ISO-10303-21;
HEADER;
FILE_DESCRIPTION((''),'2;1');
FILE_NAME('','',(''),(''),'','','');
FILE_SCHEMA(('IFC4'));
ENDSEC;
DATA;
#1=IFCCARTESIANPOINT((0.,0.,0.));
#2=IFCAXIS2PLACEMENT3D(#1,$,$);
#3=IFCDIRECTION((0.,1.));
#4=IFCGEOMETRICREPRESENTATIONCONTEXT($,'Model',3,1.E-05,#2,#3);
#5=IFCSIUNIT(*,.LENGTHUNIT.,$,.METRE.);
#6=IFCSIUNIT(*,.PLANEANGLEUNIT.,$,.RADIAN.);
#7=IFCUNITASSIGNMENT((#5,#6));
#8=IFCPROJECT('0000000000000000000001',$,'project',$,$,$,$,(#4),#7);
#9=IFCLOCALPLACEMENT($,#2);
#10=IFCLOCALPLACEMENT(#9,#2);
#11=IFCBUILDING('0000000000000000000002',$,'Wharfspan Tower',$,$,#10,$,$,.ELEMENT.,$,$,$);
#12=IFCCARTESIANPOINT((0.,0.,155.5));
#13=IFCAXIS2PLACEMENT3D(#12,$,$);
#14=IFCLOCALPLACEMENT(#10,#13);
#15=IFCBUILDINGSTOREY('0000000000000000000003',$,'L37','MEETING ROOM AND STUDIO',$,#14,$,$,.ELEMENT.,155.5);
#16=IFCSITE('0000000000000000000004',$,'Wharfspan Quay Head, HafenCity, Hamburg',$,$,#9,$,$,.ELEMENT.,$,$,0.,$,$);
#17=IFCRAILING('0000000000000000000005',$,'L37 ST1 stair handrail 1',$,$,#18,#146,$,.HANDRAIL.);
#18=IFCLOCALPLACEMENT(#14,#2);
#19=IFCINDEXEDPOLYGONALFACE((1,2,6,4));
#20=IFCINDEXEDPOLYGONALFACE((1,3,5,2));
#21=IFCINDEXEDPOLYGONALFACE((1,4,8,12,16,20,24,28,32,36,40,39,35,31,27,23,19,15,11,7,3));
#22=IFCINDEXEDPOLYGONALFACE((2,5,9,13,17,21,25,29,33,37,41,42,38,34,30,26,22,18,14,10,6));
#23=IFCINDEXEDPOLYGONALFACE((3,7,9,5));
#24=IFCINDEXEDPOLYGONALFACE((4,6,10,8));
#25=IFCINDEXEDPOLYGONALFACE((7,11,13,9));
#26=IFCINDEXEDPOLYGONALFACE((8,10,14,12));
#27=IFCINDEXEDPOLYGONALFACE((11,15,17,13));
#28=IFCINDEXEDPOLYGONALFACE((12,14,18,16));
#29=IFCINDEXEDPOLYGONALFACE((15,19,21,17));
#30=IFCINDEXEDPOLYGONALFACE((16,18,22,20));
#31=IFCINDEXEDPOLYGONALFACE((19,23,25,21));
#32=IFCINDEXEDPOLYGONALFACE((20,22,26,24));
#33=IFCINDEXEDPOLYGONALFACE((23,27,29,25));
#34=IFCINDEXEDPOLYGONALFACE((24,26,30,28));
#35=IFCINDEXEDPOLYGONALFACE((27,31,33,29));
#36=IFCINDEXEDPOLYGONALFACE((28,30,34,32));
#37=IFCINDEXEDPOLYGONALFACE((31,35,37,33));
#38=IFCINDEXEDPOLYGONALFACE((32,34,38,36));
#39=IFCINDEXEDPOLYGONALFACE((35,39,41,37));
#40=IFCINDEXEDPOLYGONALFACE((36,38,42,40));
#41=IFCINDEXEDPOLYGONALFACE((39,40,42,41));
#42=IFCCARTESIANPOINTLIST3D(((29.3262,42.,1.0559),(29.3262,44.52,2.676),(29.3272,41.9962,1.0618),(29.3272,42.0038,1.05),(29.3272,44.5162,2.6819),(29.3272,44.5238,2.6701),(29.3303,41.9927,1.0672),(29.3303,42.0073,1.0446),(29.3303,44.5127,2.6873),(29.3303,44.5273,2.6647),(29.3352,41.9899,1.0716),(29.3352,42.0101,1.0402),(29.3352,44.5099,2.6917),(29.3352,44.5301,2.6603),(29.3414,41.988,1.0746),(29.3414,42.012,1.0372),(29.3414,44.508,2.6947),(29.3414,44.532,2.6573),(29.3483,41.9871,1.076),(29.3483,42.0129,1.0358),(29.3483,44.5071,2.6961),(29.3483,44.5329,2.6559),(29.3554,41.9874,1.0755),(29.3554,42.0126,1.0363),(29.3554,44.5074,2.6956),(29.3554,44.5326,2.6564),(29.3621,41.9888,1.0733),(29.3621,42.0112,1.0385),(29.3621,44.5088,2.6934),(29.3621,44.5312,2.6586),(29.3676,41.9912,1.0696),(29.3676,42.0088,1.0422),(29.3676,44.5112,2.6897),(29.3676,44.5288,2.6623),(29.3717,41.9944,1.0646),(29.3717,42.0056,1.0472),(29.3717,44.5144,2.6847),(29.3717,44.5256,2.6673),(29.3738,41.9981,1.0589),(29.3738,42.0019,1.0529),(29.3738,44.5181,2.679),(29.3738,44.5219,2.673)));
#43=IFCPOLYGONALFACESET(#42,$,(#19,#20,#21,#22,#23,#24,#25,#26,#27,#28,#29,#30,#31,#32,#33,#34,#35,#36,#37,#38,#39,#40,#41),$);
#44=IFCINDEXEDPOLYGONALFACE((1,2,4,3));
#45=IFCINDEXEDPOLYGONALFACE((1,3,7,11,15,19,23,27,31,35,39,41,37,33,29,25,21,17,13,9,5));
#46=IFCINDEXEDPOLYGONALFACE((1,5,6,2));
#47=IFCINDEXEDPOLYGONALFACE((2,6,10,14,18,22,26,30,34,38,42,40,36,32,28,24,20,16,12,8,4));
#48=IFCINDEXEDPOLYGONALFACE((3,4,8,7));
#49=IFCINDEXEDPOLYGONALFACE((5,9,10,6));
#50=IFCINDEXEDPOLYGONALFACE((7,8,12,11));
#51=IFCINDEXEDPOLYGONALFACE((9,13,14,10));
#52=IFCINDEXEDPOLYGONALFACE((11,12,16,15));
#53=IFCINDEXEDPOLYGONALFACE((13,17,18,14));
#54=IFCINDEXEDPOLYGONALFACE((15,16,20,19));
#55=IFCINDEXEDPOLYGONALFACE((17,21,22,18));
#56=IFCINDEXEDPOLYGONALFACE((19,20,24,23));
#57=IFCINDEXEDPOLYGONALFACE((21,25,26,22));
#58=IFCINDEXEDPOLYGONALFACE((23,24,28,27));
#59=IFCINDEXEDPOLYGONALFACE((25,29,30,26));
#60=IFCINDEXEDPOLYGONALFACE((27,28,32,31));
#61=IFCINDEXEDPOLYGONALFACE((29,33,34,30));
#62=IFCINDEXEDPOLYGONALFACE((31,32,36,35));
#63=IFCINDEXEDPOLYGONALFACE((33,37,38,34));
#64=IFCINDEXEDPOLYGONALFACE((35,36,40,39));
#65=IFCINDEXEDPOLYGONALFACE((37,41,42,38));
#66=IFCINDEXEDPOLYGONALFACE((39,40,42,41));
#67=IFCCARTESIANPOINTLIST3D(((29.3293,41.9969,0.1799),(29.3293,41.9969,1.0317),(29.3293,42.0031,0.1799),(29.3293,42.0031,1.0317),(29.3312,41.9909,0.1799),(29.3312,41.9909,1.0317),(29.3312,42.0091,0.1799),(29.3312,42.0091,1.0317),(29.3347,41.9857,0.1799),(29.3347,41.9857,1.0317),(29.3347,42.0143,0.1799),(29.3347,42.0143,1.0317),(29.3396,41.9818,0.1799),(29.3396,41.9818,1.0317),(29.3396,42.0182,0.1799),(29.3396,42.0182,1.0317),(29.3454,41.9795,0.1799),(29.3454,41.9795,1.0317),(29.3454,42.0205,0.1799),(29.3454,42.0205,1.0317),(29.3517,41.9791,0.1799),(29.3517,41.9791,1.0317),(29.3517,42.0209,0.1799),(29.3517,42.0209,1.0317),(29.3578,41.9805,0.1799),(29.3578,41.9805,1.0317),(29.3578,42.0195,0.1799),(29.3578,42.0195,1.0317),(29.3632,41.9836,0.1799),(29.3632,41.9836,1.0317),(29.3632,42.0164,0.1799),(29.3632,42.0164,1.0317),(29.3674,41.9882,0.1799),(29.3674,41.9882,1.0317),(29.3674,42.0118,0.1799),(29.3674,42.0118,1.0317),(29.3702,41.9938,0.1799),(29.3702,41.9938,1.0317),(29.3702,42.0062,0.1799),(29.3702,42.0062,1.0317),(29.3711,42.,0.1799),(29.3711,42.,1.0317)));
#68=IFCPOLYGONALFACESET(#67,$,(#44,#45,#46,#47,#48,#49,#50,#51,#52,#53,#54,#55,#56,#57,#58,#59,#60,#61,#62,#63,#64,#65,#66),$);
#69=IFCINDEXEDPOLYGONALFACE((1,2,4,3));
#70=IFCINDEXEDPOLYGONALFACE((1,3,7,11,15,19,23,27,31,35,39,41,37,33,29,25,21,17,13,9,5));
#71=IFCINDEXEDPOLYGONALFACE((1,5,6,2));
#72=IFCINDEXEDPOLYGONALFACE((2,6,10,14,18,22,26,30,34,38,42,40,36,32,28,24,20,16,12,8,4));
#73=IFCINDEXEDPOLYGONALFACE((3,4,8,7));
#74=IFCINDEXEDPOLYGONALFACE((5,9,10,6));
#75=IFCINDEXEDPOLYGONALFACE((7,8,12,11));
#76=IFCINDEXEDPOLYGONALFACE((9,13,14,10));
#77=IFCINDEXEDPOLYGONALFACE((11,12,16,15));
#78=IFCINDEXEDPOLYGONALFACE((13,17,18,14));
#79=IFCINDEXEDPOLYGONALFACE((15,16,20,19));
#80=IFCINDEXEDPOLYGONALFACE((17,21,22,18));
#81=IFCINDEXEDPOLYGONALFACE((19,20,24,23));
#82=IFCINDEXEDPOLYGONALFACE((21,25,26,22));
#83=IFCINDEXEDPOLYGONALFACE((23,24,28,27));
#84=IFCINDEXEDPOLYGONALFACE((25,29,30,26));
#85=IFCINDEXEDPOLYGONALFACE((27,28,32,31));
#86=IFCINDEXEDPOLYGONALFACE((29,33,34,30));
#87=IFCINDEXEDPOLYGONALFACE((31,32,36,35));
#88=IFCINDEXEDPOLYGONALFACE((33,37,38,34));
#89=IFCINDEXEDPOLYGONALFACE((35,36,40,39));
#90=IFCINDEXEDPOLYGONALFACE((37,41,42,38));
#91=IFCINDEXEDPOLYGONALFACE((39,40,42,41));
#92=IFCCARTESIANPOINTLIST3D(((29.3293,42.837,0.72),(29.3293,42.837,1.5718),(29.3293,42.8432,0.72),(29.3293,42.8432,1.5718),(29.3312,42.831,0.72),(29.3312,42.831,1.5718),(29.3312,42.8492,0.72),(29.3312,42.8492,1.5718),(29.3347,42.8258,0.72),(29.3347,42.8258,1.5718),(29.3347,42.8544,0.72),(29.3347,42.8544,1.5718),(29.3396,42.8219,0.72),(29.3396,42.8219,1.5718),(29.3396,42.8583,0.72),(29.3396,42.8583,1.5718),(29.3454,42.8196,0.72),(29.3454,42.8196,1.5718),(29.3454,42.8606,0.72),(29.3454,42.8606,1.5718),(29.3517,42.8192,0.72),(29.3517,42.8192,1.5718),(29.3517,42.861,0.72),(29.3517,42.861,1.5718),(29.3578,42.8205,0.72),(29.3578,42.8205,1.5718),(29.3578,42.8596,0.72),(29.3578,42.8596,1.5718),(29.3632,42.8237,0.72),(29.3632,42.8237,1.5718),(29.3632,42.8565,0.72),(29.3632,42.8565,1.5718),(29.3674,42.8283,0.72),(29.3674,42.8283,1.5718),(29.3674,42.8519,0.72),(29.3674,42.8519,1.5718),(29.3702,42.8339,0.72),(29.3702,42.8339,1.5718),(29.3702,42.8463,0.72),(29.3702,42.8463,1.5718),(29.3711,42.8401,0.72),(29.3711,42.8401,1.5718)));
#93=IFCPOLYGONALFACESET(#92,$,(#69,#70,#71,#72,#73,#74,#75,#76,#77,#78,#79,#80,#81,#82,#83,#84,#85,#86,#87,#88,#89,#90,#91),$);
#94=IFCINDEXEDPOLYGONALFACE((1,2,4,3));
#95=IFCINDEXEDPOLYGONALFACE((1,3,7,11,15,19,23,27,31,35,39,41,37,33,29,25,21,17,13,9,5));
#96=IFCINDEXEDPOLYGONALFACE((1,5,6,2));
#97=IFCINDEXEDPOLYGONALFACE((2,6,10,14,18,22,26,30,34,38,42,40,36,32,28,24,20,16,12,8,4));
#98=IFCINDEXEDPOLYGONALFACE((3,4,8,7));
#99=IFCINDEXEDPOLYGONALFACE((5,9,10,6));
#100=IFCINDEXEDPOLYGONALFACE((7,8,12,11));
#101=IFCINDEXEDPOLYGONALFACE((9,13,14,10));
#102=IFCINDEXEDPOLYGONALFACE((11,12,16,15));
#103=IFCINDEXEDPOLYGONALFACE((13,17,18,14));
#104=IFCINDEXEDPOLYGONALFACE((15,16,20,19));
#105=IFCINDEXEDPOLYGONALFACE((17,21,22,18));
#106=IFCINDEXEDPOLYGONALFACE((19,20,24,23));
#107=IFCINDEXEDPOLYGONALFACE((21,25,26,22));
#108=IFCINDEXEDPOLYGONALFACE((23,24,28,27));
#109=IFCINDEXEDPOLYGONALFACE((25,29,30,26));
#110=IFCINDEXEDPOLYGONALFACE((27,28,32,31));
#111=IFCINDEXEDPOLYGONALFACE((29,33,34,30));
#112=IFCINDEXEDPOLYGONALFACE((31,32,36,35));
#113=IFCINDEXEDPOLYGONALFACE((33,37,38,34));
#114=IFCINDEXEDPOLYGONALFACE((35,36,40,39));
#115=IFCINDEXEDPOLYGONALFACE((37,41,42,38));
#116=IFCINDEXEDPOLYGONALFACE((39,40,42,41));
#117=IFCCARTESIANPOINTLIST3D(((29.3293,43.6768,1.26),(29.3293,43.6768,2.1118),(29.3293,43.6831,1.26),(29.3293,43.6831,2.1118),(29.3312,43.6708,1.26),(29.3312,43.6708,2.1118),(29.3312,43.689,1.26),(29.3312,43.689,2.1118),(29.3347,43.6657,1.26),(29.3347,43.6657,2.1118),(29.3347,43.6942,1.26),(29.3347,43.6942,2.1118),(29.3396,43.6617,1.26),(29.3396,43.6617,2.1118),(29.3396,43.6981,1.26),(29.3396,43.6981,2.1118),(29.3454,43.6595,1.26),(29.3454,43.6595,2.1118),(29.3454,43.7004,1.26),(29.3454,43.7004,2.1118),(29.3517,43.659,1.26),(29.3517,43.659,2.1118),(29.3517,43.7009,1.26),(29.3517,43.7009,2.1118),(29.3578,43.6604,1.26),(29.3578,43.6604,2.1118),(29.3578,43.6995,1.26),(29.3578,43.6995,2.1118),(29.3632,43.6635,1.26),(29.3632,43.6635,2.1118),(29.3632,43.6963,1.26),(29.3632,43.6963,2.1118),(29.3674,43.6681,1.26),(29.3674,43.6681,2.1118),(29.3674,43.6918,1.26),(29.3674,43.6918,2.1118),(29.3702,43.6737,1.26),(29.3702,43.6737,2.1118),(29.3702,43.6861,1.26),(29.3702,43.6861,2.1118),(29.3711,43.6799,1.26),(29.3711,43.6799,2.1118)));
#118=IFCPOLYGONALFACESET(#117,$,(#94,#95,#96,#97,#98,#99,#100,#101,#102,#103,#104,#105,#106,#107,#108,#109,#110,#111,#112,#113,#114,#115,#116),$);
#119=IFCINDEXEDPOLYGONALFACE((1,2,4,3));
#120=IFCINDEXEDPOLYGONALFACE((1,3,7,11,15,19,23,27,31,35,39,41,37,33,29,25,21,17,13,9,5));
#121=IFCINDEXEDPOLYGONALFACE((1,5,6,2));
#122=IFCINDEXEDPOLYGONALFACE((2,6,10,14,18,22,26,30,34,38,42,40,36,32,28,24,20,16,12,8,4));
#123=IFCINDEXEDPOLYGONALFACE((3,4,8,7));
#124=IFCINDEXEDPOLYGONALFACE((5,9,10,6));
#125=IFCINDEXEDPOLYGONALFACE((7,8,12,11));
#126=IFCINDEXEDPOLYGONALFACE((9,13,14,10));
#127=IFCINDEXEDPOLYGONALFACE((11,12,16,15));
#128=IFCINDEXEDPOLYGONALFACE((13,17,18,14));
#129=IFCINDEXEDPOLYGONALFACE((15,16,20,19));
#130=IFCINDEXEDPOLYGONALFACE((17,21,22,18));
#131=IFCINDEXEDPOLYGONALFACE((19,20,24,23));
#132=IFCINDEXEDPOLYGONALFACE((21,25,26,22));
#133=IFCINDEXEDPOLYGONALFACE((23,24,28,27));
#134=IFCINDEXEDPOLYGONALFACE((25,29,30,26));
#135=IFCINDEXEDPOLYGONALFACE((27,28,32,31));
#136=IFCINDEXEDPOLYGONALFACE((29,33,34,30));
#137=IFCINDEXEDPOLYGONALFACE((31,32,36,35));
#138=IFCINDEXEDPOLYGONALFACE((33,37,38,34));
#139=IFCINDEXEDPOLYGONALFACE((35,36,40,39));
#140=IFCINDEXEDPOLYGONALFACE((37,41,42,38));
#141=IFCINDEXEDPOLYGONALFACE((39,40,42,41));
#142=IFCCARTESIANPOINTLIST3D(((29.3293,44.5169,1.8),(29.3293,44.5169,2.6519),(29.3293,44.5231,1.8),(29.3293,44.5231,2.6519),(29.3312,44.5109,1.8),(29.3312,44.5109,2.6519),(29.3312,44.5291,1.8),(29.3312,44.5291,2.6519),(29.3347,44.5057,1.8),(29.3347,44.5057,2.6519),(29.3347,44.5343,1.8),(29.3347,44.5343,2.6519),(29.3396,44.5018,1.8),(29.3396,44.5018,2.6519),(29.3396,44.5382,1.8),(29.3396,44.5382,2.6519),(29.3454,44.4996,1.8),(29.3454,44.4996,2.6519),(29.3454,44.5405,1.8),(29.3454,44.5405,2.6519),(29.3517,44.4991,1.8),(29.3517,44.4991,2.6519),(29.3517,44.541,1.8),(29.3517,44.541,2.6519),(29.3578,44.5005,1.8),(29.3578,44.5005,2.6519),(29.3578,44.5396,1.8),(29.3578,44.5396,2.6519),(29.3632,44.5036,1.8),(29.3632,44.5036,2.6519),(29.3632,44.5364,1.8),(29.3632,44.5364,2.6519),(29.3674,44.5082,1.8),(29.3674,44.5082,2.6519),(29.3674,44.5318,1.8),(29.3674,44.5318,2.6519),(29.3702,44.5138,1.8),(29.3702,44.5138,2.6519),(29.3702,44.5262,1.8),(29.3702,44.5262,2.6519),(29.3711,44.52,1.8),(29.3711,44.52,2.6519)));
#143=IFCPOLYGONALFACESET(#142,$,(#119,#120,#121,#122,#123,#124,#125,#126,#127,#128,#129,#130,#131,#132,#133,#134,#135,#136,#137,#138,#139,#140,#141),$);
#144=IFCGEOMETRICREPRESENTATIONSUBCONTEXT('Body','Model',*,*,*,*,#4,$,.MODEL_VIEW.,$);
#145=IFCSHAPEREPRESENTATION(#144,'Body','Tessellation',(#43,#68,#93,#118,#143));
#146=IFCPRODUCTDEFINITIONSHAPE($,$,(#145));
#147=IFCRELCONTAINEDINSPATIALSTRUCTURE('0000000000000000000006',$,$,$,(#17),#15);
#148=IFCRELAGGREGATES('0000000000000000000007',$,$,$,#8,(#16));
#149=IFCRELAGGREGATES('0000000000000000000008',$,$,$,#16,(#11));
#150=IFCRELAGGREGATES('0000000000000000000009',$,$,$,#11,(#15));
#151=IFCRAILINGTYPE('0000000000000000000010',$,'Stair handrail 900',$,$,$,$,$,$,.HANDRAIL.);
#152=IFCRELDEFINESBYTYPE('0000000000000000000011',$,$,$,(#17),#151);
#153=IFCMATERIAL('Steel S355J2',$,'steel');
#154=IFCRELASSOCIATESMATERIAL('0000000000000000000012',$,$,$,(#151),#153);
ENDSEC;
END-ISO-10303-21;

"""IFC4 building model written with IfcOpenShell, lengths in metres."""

from ifc_helpers import new_model, si_unit, direction, frame, origin, origin_2d, place, context, subcontext, project, spatial, circle, extrude, material, type_object, element, save


model = new_model("IFC4")

# Units and contexts
model_context = context("Model", 3, precision=1e-05, world=origin(), true_north=direction((0.0, 1.0)))
body_context = subcontext(model_context, "Body", "Model", "MODEL_VIEW")
ifc_project = project(units=[si_unit("LENGTHUNIT", "METRE"), si_unit("PLANEANGLEUNIT", "RADIAN")], contexts=[model_context])

# Site, building, storey
site_placement = place(None, origin())
site = spatial("IfcSite", under=ifc_project, at=site_placement, Name="Wharfspan Quay Head, HafenCity, Hamburg", CompositionType="ELEMENT", RefElevation=0.0)
building_placement = place(site_placement, origin())
building = spatial("IfcBuilding", under=site, at=building_placement, Name="Wharfspan Tower", CompositionType="ELEMENT")
storey_placement = place(building_placement, frame((0.0, 0.0, 155.5)))
storey = spatial("IfcBuildingStorey", under=building, at=storey_placement, Name="L37", Description="MEETING ROOM AND STUDIO", CompositionType="ELEMENT", Elevation=155.5)

# Shared definitions
ifc_material_1 = material(Name="Steel S355J2", Category="steel")

# Railing
railing_type_1 = type_object("IfcRailingType", Name="Stair handrail 900", PredefinedType="HANDRAIL", material=ifc_material_1)
railing_1_placement = place(storey_placement, frame((29.3501, 42.0, 0.1799)))
element("IfcRailing", 1, at=railing_1_placement, inside=storey, type_object=railing_type_1, Name="L37 ST1 stair handrail 1", PredefinedType="HANDRAIL", context=body_context, shape_type="SweptSolid", body=[
    extrude(circle(Radius=0.0239, at=origin_2d()), frame((0.0, 0.0, 0.876), z_axis=(0.0, 0.841163, 0.540782), x_axis=(-1.0, 0.0, 0.0)), (0.0, 0.0, 1.0), 2.9958),
    extrude(circle(Radius=0.021, at=origin_2d()), origin(), (0.0, 0.0, 1.0), 0.8518),
    extrude(circle(Radius=0.021, at=origin_2d()), frame((0.0, 0.8401, 0.54)), (0.0, 0.0, 1.0), 0.8518),
    extrude(circle(Radius=0.021, at=origin_2d()), frame((0.0, 1.6799, 1.0801)), (0.0, 0.0, 1.0), 0.8518),
    extrude(circle(Radius=0.021, at=origin_2d()), frame((0.0, 2.52, 1.6201)), (0.0, 0.0, 1.0), 0.8518),
])

save(model, "model.ifc")
